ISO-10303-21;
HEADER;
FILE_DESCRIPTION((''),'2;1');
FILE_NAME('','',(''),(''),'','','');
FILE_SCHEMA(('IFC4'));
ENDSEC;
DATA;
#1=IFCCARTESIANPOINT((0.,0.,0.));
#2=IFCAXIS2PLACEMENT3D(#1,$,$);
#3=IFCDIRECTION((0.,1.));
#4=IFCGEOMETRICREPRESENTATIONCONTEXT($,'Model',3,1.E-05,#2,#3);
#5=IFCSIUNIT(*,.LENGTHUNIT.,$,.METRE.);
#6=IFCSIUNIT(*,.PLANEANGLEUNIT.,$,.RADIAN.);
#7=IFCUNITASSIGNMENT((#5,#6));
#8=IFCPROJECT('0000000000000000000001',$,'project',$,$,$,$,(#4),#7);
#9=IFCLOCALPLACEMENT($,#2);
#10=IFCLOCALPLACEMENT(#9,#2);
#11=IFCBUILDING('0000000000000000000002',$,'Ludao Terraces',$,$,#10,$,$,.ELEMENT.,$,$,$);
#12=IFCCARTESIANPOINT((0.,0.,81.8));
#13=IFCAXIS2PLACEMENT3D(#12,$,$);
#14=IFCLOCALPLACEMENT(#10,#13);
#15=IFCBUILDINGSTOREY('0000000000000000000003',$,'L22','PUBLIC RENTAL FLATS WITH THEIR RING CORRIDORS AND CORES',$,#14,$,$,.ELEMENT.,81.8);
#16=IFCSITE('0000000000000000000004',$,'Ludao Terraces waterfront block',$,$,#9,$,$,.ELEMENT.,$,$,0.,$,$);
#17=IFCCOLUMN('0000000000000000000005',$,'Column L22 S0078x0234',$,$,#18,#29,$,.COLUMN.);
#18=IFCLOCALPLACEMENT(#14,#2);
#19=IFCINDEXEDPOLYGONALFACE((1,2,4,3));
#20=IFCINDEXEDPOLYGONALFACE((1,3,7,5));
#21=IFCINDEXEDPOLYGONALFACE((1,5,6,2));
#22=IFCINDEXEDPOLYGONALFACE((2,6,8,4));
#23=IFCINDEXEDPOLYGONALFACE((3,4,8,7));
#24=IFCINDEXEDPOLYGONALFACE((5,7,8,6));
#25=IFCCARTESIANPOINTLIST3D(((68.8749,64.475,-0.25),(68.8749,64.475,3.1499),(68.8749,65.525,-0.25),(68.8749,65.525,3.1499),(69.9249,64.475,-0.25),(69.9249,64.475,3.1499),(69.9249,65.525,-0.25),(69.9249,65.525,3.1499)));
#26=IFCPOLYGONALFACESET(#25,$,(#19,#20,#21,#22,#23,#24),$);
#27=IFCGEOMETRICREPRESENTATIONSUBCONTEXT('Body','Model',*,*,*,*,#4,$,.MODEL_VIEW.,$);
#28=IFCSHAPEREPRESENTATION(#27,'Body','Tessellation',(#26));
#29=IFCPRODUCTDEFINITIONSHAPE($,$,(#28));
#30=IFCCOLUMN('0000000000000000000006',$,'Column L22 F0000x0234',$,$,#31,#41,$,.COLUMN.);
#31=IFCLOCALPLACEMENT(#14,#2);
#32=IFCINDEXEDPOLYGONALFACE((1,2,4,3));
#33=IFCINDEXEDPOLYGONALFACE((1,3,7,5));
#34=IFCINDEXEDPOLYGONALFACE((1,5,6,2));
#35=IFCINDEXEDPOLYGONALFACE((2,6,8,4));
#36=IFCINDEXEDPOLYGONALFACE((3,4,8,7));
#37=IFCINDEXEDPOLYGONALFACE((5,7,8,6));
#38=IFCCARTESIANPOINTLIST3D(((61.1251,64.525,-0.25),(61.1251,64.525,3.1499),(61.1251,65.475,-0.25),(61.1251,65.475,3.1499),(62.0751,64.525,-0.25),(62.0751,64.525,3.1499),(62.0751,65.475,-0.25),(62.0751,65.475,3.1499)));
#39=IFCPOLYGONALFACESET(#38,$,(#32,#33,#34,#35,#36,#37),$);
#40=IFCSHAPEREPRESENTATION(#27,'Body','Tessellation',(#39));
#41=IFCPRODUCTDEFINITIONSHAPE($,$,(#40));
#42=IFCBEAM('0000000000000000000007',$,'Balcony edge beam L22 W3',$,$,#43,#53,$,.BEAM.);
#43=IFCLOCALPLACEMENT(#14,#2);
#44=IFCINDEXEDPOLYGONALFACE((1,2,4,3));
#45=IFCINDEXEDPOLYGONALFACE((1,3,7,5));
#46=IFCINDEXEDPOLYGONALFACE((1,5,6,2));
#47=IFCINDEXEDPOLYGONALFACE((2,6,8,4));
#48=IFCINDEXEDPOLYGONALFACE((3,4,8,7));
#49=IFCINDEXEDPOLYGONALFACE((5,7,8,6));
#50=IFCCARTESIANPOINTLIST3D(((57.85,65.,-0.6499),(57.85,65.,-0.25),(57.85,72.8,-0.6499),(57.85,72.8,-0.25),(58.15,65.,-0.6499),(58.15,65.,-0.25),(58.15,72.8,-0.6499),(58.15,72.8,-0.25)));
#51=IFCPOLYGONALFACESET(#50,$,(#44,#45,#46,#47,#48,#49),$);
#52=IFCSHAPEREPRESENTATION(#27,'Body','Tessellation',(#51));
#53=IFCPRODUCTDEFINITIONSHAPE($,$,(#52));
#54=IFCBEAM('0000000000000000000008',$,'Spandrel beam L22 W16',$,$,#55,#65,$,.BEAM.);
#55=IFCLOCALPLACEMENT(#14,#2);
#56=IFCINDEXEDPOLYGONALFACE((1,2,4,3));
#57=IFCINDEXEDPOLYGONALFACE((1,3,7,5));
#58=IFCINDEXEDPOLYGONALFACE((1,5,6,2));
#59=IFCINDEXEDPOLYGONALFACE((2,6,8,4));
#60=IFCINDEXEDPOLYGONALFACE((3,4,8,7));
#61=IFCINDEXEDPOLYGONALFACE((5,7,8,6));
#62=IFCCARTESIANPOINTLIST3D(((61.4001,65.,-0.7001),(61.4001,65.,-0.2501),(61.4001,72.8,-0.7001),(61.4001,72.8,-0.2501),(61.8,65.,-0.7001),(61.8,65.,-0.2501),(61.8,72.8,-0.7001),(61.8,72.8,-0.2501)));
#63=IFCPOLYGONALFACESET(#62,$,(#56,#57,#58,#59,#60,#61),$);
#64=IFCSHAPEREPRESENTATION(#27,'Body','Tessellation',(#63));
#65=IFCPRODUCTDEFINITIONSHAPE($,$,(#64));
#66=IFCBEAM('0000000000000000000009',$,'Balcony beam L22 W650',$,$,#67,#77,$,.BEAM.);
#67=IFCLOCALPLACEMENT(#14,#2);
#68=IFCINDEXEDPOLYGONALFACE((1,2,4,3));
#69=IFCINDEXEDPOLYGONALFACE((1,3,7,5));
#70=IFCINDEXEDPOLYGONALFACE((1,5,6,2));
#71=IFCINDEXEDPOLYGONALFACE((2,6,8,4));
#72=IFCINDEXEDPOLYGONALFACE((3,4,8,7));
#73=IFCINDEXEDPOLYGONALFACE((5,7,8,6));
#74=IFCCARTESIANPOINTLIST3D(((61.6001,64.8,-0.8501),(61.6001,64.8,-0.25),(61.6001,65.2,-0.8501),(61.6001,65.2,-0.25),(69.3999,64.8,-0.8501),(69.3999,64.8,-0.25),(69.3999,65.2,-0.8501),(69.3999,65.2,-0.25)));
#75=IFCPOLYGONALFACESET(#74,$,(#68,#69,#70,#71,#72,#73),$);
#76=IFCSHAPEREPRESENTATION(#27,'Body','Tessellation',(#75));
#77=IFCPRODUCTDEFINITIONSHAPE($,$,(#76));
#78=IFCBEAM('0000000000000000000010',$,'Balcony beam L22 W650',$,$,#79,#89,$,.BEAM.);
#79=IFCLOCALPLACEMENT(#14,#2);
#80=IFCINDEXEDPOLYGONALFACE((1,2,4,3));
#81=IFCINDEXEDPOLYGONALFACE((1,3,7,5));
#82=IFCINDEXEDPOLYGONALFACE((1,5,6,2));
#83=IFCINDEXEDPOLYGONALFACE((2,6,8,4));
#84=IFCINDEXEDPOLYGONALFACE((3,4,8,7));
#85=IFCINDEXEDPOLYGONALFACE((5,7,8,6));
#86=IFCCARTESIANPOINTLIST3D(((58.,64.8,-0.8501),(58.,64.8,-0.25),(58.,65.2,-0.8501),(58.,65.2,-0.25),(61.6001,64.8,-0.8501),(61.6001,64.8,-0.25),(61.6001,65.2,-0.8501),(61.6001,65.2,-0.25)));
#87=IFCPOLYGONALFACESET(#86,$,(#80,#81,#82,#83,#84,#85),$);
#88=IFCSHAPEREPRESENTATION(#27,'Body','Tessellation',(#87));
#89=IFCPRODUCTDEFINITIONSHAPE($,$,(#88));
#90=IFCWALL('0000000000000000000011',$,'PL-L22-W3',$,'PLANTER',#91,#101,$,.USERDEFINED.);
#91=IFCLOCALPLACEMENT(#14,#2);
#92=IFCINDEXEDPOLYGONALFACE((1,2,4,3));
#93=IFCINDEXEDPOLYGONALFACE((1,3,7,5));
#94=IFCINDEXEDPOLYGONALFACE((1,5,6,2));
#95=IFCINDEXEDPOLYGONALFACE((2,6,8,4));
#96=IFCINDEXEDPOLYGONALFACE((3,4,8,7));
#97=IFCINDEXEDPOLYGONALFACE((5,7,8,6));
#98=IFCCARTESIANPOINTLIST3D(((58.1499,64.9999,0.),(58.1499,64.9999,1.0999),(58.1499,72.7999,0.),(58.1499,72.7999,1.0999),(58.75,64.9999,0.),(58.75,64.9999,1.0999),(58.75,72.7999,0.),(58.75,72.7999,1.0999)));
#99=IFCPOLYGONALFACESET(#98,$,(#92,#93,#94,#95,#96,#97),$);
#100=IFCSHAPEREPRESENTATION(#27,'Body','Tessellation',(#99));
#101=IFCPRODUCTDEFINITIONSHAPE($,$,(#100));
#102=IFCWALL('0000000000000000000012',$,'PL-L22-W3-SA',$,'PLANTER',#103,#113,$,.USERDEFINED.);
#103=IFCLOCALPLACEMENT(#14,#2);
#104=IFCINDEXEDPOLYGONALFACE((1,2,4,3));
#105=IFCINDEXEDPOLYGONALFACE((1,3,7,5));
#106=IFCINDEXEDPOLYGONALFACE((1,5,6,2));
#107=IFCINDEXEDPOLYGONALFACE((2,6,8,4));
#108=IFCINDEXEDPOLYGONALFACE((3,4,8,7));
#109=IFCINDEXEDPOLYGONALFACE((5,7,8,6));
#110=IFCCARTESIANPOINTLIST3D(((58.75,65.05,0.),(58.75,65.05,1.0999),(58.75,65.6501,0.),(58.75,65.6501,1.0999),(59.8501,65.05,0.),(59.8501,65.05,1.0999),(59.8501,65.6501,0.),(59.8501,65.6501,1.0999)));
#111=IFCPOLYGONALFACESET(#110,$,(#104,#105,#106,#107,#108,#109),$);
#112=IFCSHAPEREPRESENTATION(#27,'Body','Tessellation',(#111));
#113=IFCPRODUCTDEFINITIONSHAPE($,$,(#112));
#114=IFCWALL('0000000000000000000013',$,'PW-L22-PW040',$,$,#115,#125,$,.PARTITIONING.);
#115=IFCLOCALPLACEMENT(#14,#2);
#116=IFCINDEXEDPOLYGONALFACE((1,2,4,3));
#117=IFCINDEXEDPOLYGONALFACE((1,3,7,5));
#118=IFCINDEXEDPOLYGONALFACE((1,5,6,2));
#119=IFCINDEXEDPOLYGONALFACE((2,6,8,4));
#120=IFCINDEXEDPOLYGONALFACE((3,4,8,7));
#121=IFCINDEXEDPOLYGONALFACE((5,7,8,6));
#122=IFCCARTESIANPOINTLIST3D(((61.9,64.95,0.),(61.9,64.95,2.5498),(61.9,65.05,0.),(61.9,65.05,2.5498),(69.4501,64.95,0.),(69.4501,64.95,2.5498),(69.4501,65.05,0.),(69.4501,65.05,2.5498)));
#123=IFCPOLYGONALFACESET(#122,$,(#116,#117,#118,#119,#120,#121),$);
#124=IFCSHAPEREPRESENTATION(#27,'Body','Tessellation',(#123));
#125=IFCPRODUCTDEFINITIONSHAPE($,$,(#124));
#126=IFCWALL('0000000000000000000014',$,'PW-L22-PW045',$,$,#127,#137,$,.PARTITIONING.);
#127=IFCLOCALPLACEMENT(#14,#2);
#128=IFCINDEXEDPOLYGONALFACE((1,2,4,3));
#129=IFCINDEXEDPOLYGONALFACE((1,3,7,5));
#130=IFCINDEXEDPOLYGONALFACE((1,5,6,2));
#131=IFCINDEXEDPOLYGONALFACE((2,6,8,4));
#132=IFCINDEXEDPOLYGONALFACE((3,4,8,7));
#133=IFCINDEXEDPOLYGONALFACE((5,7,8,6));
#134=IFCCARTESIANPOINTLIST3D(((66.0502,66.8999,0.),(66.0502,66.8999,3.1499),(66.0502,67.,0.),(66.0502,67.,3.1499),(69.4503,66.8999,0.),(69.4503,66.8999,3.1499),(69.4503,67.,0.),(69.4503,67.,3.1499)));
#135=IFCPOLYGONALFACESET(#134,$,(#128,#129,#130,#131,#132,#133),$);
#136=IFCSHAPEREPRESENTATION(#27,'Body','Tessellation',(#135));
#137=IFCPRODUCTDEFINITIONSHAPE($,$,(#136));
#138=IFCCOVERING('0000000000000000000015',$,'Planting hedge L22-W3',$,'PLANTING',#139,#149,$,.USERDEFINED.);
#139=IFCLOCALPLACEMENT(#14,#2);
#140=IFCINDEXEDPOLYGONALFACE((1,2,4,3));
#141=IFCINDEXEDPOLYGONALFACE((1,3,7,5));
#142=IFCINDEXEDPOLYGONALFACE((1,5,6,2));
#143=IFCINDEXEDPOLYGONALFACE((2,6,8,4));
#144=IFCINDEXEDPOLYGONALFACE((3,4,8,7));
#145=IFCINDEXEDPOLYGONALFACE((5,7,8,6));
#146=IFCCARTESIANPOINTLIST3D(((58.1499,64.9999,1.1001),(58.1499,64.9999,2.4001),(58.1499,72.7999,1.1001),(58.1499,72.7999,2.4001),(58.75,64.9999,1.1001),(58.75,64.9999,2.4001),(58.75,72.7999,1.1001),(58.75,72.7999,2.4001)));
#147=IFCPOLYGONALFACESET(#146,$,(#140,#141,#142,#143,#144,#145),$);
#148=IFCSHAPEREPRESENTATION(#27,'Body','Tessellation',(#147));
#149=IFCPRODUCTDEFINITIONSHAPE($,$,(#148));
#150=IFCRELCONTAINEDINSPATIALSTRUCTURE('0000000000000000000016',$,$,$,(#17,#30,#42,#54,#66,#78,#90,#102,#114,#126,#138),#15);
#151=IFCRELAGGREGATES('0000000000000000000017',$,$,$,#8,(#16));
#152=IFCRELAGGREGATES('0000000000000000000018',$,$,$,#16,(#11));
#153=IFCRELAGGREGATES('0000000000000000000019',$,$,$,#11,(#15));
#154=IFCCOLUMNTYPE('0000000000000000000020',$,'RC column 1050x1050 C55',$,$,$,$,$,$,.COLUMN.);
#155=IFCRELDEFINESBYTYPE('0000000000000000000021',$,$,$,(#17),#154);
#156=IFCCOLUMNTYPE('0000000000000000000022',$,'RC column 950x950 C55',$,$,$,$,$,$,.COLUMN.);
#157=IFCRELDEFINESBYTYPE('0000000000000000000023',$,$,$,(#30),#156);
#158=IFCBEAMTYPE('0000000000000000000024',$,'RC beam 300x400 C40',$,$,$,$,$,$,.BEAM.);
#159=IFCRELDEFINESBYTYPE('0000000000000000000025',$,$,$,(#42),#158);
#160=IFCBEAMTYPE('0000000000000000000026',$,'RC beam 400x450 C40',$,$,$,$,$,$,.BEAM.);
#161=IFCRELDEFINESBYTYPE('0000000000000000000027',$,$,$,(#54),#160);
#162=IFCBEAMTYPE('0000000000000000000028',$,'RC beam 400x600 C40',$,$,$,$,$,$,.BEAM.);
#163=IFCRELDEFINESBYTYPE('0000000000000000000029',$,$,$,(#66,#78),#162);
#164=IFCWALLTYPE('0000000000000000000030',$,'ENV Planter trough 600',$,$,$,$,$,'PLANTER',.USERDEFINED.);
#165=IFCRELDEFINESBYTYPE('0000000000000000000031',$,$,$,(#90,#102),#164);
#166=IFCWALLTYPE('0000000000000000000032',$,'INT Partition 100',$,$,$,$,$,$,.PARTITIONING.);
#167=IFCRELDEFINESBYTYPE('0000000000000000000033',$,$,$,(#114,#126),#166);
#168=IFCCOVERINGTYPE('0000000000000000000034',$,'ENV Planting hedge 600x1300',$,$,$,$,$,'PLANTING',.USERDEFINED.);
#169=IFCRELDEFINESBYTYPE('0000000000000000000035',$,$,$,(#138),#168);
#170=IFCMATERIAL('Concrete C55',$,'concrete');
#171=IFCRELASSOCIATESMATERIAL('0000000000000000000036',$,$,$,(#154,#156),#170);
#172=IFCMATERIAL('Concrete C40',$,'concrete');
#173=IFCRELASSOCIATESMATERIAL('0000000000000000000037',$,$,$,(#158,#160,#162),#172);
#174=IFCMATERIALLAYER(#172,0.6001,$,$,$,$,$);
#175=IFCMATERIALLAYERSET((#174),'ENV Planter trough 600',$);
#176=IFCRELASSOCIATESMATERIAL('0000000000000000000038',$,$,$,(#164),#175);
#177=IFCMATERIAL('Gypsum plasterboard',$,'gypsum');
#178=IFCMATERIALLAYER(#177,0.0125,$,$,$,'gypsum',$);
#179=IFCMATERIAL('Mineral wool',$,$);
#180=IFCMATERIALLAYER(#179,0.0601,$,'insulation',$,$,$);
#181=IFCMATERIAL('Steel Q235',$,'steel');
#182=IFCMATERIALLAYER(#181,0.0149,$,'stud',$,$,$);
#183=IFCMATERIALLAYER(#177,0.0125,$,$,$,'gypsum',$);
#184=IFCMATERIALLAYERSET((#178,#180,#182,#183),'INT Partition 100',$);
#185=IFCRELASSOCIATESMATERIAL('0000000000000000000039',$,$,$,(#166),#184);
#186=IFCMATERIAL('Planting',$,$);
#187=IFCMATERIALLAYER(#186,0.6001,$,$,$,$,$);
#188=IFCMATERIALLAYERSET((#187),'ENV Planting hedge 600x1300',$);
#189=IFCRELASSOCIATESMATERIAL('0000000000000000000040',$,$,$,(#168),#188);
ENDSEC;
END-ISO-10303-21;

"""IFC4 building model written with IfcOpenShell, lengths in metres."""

from ifc_helpers import new_model, si_unit, direction, frame, frame_2d, origin, origin_2d, place, context, subcontext, project, spatial, rectangle, extrude, material, layer, layer_set, material_profile, profile_set, type_object, element, save


model = new_model("IFC4")

# Units and contexts
model_context = context("Model", 3, precision=1e-05, world=origin(), true_north=direction((0.0, 1.0)))
body_context = subcontext(model_context, "Body", "Model", "MODEL_VIEW")
ifc_project = project(units=[si_unit("LENGTHUNIT", "METRE"), si_unit("PLANEANGLEUNIT", "RADIAN")], contexts=[model_context])

# Site, building, storey
site_placement = place(None, origin())
site = spatial("IfcSite", under=ifc_project, at=site_placement, Name="Ludao Terraces waterfront block", CompositionType="ELEMENT", RefElevation=0.0)
building_placement = place(site_placement, origin())
building = spatial("IfcBuilding", under=site, at=building_placement, Name="Ludao Terraces", CompositionType="ELEMENT")
storey_placement = place(building_placement, frame((0.0, 0.0, 81.8)))
storey = spatial("IfcBuildingStorey", under=building, at=storey_placement, Name="L22", Description="PUBLIC RENTAL FLATS WITH THEIR RING CORRIDORS AND CORES", CompositionType="ELEMENT", Elevation=81.8)

# Columns
ifc_material_1 = material(Name="Concrete C55", Category="concrete")
ifc_material_profile_1 = material_profile(ifc_material_1, rectangle(XDim=1.05, YDim=1.05, at=origin_2d()), Name="1050 X 1050")
ifc_profile_set_1 = profile_set([ifc_material_profile_1], Name="Concrete C55")
column_type_1 = type_object("IfcColumnType", Name="RC column 1050x1050 C55", PredefinedType="COLUMN", material=ifc_profile_set_1)
column_1_placement = place(storey_placement, frame((69.3999, 65.0, -0.25), z_axis=(0.0, 0.0, 1.0), x_axis=(1.0, 0.0, 0.0)))
element("IfcColumn", 1, at=column_1_placement, inside=storey, type_object=column_type_1, Name="Column L22 S0078x0234", PredefinedType="COLUMN", context=body_context, shape_type="SweptSolid", body=[
    extrude(rectangle(XDim=1.05, YDim=1.05, at=origin_2d()), origin(), (0.0, 0.0, 1.0), 3.3999),
])
ifc_material_profile_2 = material_profile(ifc_material_1, rectangle(XDim=0.95, YDim=0.95, at=origin_2d()), Name="950 X 950")
ifc_profile_set_2 = profile_set([ifc_material_profile_2], Name="Concrete C55")
column_type_2 = type_object("IfcColumnType", Name="RC column 950x950 C55", PredefinedType="COLUMN", material=ifc_profile_set_2)
column_2_placement = place(storey_placement, frame((61.6001, 65.0, -0.25), z_axis=(0.0, 0.0, 1.0), x_axis=(1.0, 0.0, 0.0)))
element("IfcColumn", 2, at=column_2_placement, inside=storey, type_object=column_type_2, Name="Column L22 F0000x0234", PredefinedType="COLUMN", context=body_context, shape_type="SweptSolid", body=[
    extrude(rectangle(XDim=0.95, YDim=0.95, at=origin_2d()), origin(), (0.0, 0.0, 1.0), 3.3999),
])

# Beams
ifc_material_2 = material(Name="Concrete C40", Category="concrete")
ifc_material_profile_3 = material_profile(ifc_material_2, rectangle(XDim=0.3, YDim=0.3999, at=origin_2d()), Name="300 X 400")
ifc_profile_set_3 = profile_set([ifc_material_profile_3], Name="Concrete C40")
beam_type_1 = type_object("IfcBeamType", Name="RC beam 300x400 C40", PredefinedType="BEAM", material=ifc_profile_set_3)
beam_1_placement = place(storey_placement, frame((58.0, 65.0, -0.45), z_axis=(0.0, 1.0, 0.0), x_axis=(-1.0, 0.0, 0.0)))
element("IfcBeam", 3, at=beam_1_placement, inside=storey, type_object=beam_type_1, Name="Balcony edge beam L22 W3", PredefinedType="BEAM", context=body_context, shape_type="SweptSolid", body=[
    extrude(rectangle(XDim=0.3, YDim=0.3999, at=origin_2d()), origin(), (0.0, 0.0, 1.0), 7.8),
])
ifc_material_profile_4 = material_profile(ifc_material_2, rectangle(XDim=0.3999, YDim=0.45, at=origin_2d()), Name="400 X 450")
ifc_profile_set_4 = profile_set([ifc_material_profile_4], Name="Concrete C40")
beam_type_2 = type_object("IfcBeamType", Name="RC beam 400x450 C40", PredefinedType="BEAM", material=ifc_profile_set_4)
beam_2_placement = place(storey_placement, frame((61.6001, 65.0, -0.4751), z_axis=(0.0, 1.0, 0.0), x_axis=(-1.0, 0.0, 0.0)))
element("IfcBeam", 4, at=beam_2_placement, inside=storey, type_object=beam_type_2, Name="Spandrel beam L22 W16", PredefinedType="BEAM", context=body_context, shape_type="SweptSolid", body=[
    extrude(rectangle(XDim=0.3999, YDim=0.45, at=origin_2d()), origin(), (0.0, 0.0, 1.0), 7.8),
])
ifc_material_profile_5 = material_profile(ifc_material_2, rectangle(XDim=0.3999, YDim=0.6001, at=origin_2d()), Name="400 X 600")
ifc_profile_set_5 = profile_set([ifc_material_profile_5], Name="Concrete C40")
beam_type_3 = type_object("IfcBeamType", Name="RC beam 400x600 C40", PredefinedType="BEAM", material=ifc_profile_set_5)
beam_3_placement = place(storey_placement, frame((69.3999, 65.0, -0.55), z_axis=(-1.0, 0.0, 0.0), x_axis=(0.0, -1.0, 0.0)))
element("IfcBeam", 5, at=beam_3_placement, inside=storey, type_object=beam_type_3, Name="Balcony beam L22 W650", PredefinedType="BEAM", context=body_context, shape_type="SweptSolid", body=[
    extrude(rectangle(XDim=0.3999, YDim=0.6001, at=origin_2d()), origin(), (0.0, 0.0, 1.0), 7.7998),
])
beam_4_placement = place(storey_placement, frame((61.6001, 65.0, -0.55), z_axis=(-1.0, 0.0, 0.0), x_axis=(0.0, -1.0, 0.0)))
element("IfcBeam", 6, at=beam_4_placement, inside=storey, type_object=beam_type_3, Name="Balcony beam L22 W650", PredefinedType="BEAM", context=body_context, shape_type="SweptSolid", body=[
    extrude(rectangle(XDim=0.3999, YDim=0.6001, at=origin_2d()), origin(), (0.0, 0.0, 1.0), 3.6001),
])

# Walls
ifc_layer_1 = layer(ifc_material_2, 0.6001)
ifc_layer_set_1 = layer_set([ifc_layer_1], Name="ENV Planter trough 600")
wall_type_1 = type_object("IfcWallType", Name="ENV Planter trough 600", ElementType="PLANTER", PredefinedType="USERDEFINED", material=ifc_layer_set_1)
wall_1_placement = place(storey_placement, frame((58.45, 65.0, 0.0), z_axis=(0.0, 0.0, 1.0), x_axis=(0.0, 1.0, 0.0)))
element("IfcWall", 7, at=wall_1_placement, inside=storey, type_object=wall_type_1, Name="PL-L22-W3", ObjectType="PLANTER", PredefinedType="USERDEFINED", context=body_context, shape_type="SweptSolid", body=[
    extrude(rectangle(XDim=7.8, YDim=0.6001, at=frame_2d((3.8999, 0.0))), origin(), (0.0, 0.0, 1.0), 1.0999),
])
wall_2_placement = place(storey_placement, frame((58.75, 65.3501, 0.0), z_axis=(0.0, 0.0, 1.0), x_axis=(1.0, 0.0, 0.0)))
element("IfcWall", 8, at=wall_2_placement, inside=storey, type_object=wall_type_1, Name="PL-L22-W3-SA", ObjectType="PLANTER", PredefinedType="USERDEFINED", context=body_context, shape_type="SweptSolid", body=[
    extrude(rectangle(XDim=1.1001, YDim=0.6001, at=frame_2d((0.55, 0.0))), origin(), (0.0, 0.0, 1.0), 1.0999),
])

# Shared definitions
ifc_material_3 = material(Name="Mineral wool")

# Walls
ifc_material_4 = material(Name="Gypsum plasterboard", Category="gypsum")
ifc_layer_2 = layer(ifc_material_4, 0.0125, Category="gypsum")
ifc_layer_3 = layer(ifc_material_3, 0.0601, Name="insulation")
ifc_material_5 = material(Name="Steel Q235", Category="steel")
ifc_layer_4 = layer(ifc_material_5, 0.0149, Name="stud")
ifc_layer_5 = layer(ifc_material_4, 0.0125, Category="gypsum")
ifc_layer_set_2 = layer_set([ifc_layer_2, ifc_layer_3, ifc_layer_4, ifc_layer_5], Name="INT Partition 100")
wall_type_2 = type_object("IfcWallType", Name="INT Partition 100", PredefinedType="PARTITIONING", material=ifc_layer_set_2)
wall_3_placement = place(storey_placement, frame((61.9001, 65.0, 0.0), z_axis=(0.0, 0.0, 1.0), x_axis=(1.0, 0.0, 0.0)))
element("IfcWall", 9, at=wall_3_placement, inside=storey, type_object=wall_type_2, Name="PW-L22-PW040", PredefinedType="PARTITIONING", context=body_context, shape_type="SweptSolid", body=[
    extrude(rectangle(XDim=7.55, YDim=0.1001, at=frame_2d((3.7749, 0.0))), origin(), (0.0, 0.0, 1.0), 2.5498),
])
wall_4_placement = place(storey_placement, frame((66.05, 66.95, 0.0), z_axis=(0.0, 0.0, 1.0), x_axis=(1.0, 0.0, 0.0)))
element("IfcWall", 10, at=wall_4_placement, inside=storey, type_object=wall_type_2, Name="PW-L22-PW045", PredefinedType="PARTITIONING", context=body_context, shape_type="SweptSolid", body=[
    extrude(rectangle(XDim=3.4001, YDim=0.1001, at=frame_2d((1.7002, 0.0))), origin(), (0.0, 0.0, 1.0), 3.1499),
])

# Covering
ifc_material_6 = material(Name="Planting")
ifc_layer_6 = layer(ifc_material_6, 0.6001)
ifc_layer_set_3 = layer_set([ifc_layer_6], Name="ENV Planting hedge 600x1300")
covering_type = type_object("IfcCoveringType", Name="ENV Planting hedge 600x1300", ElementType="PLANTING", PredefinedType="USERDEFINED", material=ifc_layer_set_3)
covering_placement = place(storey_placement, frame((58.45, 68.8999, 1.1001), z_axis=(0.0, 0.0, 1.0), x_axis=(1.0, 0.0, 0.0)))
element("IfcCovering", 11, at=covering_placement, inside=storey, type_object=covering_type, Name="Planting hedge L22-W3", ObjectType="PLANTING", PredefinedType="USERDEFINED", context=body_context, shape_type="SweptSolid", body=[
    extrude(rectangle(XDim=0.6001, YDim=7.8, at=origin_2d()), origin(), (0.0, 0.0, 1.0), 1.3),
])

save(model, "model.ifc")
